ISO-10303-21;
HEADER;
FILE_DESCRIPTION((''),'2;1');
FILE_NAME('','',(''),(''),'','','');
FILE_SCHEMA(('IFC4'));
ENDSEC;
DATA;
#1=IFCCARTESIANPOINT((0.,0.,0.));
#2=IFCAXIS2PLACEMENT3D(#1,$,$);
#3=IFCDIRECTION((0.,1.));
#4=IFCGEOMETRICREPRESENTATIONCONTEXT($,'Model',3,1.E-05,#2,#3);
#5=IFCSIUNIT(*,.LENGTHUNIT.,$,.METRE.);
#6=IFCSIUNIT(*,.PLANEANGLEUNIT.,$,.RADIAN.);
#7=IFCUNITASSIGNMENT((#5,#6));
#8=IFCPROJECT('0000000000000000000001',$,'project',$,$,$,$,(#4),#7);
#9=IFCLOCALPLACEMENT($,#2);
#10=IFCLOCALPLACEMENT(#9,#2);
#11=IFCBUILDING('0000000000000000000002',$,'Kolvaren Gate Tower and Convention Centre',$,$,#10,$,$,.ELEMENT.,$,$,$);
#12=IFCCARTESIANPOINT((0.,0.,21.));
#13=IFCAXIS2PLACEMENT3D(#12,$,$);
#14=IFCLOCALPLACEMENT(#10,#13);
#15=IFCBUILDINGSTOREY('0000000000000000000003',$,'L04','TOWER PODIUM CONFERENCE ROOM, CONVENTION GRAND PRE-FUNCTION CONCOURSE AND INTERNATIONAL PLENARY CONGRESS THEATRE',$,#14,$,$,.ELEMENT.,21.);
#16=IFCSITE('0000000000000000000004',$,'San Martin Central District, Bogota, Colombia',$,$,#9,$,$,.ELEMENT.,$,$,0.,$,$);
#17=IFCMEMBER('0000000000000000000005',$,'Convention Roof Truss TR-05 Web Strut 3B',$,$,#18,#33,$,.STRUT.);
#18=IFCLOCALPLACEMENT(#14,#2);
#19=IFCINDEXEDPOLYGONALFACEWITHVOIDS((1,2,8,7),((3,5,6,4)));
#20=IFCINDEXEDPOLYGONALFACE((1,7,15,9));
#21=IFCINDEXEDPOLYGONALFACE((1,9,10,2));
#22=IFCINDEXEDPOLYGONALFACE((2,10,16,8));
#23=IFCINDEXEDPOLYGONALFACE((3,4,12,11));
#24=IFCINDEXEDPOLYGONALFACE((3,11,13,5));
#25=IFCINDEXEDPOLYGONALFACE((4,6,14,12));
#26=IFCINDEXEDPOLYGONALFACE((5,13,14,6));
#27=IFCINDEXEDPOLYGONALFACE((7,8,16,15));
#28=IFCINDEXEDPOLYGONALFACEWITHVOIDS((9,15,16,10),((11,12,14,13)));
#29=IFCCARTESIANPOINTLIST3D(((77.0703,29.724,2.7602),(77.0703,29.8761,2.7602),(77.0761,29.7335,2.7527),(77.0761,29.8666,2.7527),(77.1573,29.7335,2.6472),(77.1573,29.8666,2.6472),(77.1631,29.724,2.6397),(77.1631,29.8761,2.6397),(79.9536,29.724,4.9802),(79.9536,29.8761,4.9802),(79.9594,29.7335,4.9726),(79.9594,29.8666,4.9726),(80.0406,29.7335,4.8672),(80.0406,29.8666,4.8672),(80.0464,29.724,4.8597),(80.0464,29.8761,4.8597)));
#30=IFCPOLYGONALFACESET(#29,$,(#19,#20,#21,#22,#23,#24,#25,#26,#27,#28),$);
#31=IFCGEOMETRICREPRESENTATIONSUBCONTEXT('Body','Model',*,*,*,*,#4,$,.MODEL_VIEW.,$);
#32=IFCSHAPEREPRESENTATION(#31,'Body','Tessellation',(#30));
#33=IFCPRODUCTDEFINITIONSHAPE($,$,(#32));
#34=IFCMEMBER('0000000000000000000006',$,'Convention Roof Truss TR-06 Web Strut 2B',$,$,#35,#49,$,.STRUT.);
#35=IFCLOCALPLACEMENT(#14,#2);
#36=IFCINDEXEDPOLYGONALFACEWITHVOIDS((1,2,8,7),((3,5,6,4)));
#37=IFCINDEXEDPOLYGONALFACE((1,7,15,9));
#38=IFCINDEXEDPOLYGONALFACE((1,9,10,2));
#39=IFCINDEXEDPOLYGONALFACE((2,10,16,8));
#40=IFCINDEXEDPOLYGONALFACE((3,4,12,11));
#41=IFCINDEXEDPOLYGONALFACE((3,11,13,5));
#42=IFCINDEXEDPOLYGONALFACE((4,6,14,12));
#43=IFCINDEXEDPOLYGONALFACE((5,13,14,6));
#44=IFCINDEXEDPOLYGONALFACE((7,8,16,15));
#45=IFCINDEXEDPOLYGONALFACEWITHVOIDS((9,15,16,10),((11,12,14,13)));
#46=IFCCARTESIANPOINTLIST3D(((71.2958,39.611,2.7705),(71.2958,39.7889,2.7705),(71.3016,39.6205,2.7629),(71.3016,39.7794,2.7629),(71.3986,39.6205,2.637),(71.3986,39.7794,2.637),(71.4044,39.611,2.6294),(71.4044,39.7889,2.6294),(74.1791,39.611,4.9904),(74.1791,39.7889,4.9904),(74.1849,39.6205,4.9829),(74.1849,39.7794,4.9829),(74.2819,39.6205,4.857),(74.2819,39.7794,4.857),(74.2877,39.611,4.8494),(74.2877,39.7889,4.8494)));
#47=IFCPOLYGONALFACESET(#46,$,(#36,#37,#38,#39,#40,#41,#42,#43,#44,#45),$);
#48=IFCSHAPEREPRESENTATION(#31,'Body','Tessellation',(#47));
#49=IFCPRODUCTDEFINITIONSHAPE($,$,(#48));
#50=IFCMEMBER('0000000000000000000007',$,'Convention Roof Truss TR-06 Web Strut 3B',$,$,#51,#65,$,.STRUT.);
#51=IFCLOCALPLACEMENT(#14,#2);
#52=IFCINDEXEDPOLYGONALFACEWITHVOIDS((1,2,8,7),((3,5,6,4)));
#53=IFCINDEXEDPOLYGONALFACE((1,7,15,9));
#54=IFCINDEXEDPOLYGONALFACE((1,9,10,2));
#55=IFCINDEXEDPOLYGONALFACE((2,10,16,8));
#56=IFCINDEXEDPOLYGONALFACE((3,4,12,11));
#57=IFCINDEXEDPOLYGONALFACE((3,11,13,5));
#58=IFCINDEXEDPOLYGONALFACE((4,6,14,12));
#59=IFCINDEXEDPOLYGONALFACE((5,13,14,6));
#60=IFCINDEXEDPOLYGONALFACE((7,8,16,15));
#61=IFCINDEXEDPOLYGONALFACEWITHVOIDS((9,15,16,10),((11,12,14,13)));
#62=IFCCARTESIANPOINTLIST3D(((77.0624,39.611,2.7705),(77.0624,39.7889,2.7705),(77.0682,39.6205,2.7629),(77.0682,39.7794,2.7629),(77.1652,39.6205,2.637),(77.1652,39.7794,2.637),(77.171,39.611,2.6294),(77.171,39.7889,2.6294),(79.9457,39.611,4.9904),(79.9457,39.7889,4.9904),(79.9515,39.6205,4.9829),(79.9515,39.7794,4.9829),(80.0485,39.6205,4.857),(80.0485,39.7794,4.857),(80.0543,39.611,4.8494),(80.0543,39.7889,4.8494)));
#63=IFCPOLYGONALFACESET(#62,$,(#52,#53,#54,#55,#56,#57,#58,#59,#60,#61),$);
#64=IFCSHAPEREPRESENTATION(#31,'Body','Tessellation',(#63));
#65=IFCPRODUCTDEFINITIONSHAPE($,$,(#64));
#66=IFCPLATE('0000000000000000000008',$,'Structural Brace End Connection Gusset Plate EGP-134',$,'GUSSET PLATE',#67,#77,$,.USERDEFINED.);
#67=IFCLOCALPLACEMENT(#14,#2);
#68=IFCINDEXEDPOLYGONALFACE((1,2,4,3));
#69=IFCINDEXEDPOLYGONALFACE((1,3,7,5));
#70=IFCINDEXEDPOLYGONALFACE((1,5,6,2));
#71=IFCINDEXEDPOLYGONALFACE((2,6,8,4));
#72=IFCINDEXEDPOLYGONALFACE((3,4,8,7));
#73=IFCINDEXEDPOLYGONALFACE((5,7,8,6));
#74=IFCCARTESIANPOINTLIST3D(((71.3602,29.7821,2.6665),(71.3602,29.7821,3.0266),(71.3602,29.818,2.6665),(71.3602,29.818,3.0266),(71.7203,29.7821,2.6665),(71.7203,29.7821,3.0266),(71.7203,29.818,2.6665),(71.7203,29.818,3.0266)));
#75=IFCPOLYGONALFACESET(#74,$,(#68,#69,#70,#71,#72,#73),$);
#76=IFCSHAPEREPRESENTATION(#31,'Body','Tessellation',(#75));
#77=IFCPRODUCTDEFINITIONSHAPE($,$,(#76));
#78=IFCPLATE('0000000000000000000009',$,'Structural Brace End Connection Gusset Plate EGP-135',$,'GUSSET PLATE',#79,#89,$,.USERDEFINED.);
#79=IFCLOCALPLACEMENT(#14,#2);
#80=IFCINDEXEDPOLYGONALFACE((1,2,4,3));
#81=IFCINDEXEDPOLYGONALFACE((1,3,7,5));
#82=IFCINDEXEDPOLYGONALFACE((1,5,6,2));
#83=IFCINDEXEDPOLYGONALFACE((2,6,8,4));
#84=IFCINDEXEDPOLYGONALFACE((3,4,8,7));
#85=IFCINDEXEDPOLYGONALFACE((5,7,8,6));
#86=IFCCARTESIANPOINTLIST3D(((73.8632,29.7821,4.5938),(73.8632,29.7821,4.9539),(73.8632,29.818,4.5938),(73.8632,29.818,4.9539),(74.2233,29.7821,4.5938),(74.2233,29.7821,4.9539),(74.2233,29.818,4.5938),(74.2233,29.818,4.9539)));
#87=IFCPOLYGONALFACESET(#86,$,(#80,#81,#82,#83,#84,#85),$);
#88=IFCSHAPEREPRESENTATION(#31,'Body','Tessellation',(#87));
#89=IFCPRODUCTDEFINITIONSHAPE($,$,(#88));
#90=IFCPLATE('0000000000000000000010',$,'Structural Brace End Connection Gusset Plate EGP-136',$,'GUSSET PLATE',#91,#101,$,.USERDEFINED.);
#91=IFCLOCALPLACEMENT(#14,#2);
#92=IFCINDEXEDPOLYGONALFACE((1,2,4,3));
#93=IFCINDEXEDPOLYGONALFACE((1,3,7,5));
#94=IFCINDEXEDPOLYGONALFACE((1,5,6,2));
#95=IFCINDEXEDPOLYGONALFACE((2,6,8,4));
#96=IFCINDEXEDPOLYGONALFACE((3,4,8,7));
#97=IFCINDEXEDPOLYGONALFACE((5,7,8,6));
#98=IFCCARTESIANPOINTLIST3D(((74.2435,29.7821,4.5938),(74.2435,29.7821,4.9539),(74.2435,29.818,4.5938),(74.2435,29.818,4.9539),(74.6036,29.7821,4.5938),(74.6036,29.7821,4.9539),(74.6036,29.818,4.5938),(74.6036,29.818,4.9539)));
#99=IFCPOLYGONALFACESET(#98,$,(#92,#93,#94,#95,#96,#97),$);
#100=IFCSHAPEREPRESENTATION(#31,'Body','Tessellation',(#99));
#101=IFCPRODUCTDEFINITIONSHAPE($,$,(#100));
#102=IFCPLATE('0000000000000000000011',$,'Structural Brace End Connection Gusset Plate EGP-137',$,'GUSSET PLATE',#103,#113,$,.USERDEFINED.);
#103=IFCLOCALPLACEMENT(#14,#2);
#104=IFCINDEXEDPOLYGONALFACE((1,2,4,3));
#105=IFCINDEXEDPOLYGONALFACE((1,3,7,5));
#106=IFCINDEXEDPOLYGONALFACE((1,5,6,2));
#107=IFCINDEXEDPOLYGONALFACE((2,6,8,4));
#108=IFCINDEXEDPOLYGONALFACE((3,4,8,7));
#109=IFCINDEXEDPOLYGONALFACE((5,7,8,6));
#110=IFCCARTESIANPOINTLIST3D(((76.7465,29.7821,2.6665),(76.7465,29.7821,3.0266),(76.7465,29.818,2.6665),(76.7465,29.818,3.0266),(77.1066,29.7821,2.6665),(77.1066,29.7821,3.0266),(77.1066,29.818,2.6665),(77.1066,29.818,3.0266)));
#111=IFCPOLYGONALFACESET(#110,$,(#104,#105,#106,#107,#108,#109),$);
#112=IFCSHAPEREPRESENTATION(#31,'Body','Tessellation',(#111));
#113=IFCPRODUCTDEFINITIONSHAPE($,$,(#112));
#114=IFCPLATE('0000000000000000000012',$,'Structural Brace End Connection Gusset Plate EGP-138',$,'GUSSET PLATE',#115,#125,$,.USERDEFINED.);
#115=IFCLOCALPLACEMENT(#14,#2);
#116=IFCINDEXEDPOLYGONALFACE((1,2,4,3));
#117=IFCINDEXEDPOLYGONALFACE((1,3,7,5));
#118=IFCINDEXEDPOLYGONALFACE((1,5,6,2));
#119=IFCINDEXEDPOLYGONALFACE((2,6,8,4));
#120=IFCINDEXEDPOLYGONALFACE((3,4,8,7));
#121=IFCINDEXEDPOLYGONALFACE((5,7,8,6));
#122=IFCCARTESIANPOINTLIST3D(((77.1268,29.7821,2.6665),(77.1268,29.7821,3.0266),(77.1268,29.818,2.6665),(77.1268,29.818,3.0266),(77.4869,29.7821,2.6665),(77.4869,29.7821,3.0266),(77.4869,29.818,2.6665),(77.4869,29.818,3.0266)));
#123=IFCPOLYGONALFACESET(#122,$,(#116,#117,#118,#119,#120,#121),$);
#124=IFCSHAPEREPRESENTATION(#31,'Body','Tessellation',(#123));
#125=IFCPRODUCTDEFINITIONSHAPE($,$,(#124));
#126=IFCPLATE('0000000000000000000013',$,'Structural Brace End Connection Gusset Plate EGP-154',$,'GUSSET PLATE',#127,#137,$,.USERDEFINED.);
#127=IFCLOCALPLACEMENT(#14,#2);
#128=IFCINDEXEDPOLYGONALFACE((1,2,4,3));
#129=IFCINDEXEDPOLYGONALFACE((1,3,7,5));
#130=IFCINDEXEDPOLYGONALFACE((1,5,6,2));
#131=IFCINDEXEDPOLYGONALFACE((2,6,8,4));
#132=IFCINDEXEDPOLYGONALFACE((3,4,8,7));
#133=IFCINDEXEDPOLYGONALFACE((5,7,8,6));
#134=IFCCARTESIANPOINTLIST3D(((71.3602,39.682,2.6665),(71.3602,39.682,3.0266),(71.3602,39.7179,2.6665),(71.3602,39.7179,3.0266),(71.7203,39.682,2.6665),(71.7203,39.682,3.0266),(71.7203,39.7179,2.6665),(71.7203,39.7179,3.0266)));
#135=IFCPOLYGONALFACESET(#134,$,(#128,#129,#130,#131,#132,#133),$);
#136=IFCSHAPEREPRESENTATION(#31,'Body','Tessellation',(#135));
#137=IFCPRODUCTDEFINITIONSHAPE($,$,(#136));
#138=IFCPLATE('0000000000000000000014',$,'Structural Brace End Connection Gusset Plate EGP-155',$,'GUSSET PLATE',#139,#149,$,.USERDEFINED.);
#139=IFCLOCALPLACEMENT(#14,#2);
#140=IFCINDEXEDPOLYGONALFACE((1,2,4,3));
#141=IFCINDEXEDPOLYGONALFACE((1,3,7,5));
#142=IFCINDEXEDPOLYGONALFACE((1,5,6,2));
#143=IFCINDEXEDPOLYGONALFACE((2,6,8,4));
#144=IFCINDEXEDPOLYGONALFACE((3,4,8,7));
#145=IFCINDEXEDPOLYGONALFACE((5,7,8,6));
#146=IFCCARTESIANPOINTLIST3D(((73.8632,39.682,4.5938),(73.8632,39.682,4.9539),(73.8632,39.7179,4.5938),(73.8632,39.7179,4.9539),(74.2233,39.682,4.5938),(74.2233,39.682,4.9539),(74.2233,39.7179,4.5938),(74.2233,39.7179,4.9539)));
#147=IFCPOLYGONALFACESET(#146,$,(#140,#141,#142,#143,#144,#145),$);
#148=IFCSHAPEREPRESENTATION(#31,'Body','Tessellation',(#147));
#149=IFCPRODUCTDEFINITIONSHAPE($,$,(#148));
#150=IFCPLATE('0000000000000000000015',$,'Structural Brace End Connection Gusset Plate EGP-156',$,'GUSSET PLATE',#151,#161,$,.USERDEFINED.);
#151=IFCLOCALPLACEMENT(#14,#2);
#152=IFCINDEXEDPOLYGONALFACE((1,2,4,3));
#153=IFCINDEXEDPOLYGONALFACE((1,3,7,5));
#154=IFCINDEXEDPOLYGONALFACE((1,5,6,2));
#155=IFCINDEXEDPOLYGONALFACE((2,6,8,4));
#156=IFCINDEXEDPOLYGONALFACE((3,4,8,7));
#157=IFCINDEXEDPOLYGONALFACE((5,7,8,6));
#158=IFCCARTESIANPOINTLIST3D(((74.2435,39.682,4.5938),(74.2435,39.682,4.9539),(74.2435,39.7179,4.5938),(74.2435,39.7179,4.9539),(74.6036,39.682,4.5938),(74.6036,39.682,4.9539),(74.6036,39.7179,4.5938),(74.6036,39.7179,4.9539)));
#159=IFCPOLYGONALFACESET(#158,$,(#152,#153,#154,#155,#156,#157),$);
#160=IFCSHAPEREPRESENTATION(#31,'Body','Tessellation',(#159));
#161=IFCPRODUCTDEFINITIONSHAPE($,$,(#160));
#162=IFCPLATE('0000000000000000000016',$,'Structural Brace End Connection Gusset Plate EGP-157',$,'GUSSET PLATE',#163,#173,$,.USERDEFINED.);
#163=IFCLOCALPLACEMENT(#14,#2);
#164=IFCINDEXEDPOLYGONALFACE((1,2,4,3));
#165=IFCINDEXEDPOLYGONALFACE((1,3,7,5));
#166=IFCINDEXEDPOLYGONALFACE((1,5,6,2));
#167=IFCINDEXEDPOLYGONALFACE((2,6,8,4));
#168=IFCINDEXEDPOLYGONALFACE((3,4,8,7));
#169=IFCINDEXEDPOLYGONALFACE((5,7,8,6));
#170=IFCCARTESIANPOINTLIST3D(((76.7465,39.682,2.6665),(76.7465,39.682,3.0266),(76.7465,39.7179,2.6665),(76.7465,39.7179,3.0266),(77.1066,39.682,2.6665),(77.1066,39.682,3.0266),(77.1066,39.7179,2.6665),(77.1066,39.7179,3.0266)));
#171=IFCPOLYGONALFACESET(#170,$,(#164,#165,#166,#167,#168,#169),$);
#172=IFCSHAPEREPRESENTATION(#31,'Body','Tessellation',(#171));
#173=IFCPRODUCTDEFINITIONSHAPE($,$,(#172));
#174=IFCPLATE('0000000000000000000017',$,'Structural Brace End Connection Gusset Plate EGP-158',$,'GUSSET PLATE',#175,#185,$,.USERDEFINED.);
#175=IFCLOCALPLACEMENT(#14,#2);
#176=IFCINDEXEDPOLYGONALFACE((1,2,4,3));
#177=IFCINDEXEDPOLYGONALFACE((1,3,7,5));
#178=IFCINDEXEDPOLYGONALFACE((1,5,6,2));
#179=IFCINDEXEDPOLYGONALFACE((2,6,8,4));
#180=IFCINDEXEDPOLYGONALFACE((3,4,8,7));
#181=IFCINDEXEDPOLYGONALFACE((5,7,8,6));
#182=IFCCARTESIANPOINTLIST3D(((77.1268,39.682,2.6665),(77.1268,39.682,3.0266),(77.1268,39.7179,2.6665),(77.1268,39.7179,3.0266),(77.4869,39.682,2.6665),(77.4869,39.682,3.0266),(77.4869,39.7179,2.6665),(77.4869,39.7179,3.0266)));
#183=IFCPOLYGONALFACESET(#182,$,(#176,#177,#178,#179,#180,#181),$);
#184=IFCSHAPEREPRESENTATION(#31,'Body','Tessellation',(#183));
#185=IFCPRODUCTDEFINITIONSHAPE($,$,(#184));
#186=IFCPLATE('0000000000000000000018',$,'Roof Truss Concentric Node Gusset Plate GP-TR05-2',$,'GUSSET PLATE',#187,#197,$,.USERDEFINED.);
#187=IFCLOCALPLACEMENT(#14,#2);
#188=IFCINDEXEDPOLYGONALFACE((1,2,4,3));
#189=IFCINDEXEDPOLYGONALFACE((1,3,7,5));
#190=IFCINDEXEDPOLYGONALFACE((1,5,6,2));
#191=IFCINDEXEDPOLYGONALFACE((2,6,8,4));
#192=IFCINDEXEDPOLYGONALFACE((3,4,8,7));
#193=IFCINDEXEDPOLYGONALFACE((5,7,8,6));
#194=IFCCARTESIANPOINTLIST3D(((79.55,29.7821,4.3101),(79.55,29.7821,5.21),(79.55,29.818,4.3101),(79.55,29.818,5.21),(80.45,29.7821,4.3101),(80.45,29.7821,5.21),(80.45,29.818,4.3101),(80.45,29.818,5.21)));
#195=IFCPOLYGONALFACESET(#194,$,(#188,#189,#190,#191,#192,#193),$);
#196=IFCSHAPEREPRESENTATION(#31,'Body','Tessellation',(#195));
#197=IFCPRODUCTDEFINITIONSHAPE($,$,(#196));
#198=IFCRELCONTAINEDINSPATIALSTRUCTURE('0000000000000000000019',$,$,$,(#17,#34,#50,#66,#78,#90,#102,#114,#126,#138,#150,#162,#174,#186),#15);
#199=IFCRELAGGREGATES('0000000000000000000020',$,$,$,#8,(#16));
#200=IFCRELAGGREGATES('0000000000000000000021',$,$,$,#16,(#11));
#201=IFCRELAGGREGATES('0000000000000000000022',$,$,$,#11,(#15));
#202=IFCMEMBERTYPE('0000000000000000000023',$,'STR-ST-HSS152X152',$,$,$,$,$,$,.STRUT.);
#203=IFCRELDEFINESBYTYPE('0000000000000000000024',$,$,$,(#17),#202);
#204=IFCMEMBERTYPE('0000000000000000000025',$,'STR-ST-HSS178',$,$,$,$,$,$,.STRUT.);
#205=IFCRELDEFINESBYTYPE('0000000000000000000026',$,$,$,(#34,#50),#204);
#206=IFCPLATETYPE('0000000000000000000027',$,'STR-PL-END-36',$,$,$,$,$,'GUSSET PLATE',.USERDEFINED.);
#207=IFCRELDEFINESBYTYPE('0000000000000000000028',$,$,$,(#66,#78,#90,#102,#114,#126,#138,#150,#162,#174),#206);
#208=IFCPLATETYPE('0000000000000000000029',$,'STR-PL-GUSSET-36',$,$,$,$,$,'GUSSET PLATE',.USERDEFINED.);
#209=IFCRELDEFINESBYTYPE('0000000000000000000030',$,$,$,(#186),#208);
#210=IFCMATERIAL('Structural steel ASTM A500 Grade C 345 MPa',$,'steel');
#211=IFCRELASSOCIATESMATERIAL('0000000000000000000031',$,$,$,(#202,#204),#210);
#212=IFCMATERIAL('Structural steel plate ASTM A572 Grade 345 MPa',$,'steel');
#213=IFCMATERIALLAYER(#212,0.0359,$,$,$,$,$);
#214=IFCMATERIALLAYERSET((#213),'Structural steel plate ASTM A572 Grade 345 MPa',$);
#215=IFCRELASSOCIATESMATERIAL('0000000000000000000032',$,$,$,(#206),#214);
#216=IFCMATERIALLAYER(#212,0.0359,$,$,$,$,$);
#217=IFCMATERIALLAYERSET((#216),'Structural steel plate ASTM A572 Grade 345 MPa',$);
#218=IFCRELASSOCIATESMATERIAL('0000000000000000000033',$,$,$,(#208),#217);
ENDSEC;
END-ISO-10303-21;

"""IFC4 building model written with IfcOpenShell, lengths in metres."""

from ifc_helpers import new_model, si_unit, direction, frame, origin, origin_2d, place, context, subcontext, project, spatial, rectangle, hollow_rectangle, extrude, material, layer, layer_set, material_profile, profile_set, type_object, element, save


model = new_model("IFC4")

# Units and contexts
model_context = context("Model", 3, precision=1e-05, world=origin(), true_north=direction((0.0, 1.0)))
body_context = subcontext(model_context, "Body", "Model", "MODEL_VIEW")
ifc_project = project(units=[si_unit("LENGTHUNIT", "METRE"), si_unit("PLANEANGLEUNIT", "RADIAN")], contexts=[model_context])

# Site, building, storey
site_placement = place(None, origin())
site = spatial("IfcSite", under=ifc_project, at=site_placement, Name="San Martin Central District, Bogota, Colombia", CompositionType="ELEMENT", RefElevation=0.0)
building_placement = place(site_placement, origin())
building = spatial("IfcBuilding", under=site, at=building_placement, Name="Kolvaren Gate Tower and Convention Centre", CompositionType="ELEMENT")
storey_placement = place(building_placement, frame((0.0, 0.0, 21.0)))
storey = spatial("IfcBuildingStorey", under=building, at=storey_placement, Name="L04", Description="TOWER PODIUM CONFERENCE ROOM, CONVENTION GRAND PRE-FUNCTION CONCOURSE AND INTERNATIONAL PLENARY CONGRESS THEATRE", CompositionType="ELEMENT", Elevation=21.0)

# Members
ifc_material_1 = material(Name="Structural steel ASTM A500 Grade C 345 MPa", Category="steel")
ifc_material_profile_1 = material_profile(ifc_material_1, hollow_rectangle(XDim=0.1521, YDim=0.1521, WallThickness=0.0095, at=origin_2d()), Name="HSS152X152X9.5")
ifc_profile_set_1 = profile_set([ifc_material_profile_1], Name="Structural steel ASTM A500 Grade C 345 MPa")
member_type_1 = type_object("IfcMemberType", Name="STR-ST-HSS152X152", PredefinedType="STRUT", material=ifc_profile_set_1)
for number, where, z_axis, x_axis, name in (
    (1, (77.1167, 29.8, 2.7), (0.792352, 0.0, 0.610064), (0.0, 1.0, 0.0), "Convention Roof Truss TR-05 Web Strut 3B"),
):
    element("IfcMember", number, at=place(storey_placement, frame(where, z_axis=z_axis, x_axis=x_axis)), inside=storey, type_object=member_type_1, Name=name, PredefinedType="STRUT", context=body_context, shape_type="SweptSolid", body=[
        extrude(hollow_rectangle(XDim=0.1521, YDim=0.1521, WallThickness=0.0095, at=origin_2d()), origin(), (0.0, 0.0, 1.0), 3.6389),
    ])
ifc_material_profile_2 = material_profile(ifc_material_1, hollow_rectangle(XDim=0.178, YDim=0.178, WallThickness=0.0095, at=origin_2d()), Name="HSS178X178X9.5")
ifc_profile_set_2 = profile_set([ifc_material_profile_2], Name="Structural steel ASTM A500 Grade C 345 MPa")
member_type_2 = type_object("IfcMemberType", Name="STR-ST-HSS178", PredefinedType="STRUT", material=ifc_profile_set_2)
for number, where, z_axis, x_axis, name in (
    (2, (71.3501, 39.7, 2.7), (0.792352, 0.0, 0.610064), (0.0, 1.0, 0.0), "Convention Roof Truss TR-06 Web Strut 2B"),
    (3, (77.1167, 39.7, 2.7), (0.792352, 0.0, 0.610064), (0.0, 1.0, 0.0), "Convention Roof Truss TR-06 Web Strut 3B"),
):
    element("IfcMember", number, at=place(storey_placement, frame(where, z_axis=z_axis, x_axis=x_axis)), inside=storey, type_object=member_type_2, Name=name, PredefinedType="STRUT", context=body_context, shape_type="SweptSolid", body=[
        extrude(hollow_rectangle(XDim=0.178, YDim=0.178, WallThickness=0.0095, at=origin_2d()), origin(), (0.0, 0.0, 1.0), 3.6389),
    ])

# Plates
ifc_material_2 = material(Name="Structural steel plate ASTM A572 Grade 345 MPa", Category="steel")
ifc_layer_1 = layer(ifc_material_2, 0.0359)
ifc_layer_set_1 = layer_set([ifc_layer_1], Name="Structural steel plate ASTM A572 Grade 345 MPa")
plate_type_1 = type_object("IfcPlateType", Name="STR-PL-END-36", ElementType="GUSSET PLATE", PredefinedType="USERDEFINED", material=ifc_layer_set_1)
for number, where, z_axis, x_axis, name in (
    (4, (71.5403, 29.8, 2.6665), (0.0, 0.0, 1.0), (1.0, 0.0, 0.0), "Structural Brace End Connection Gusset Plate EGP-134"),
    (5, (74.0432, 29.8, 4.5938), (0.0, 0.0, 1.0), (1.0, 0.0, 0.0), "Structural Brace End Connection Gusset Plate EGP-135"),
    (6, (74.4236, 29.8, 4.5938), (0.0, 0.0, 1.0), (1.0, 0.0, 0.0), "Structural Brace End Connection Gusset Plate EGP-136"),
    (7, (76.9265, 29.8, 2.6665), (0.0, 0.0, 1.0), (1.0, 0.0, 0.0), "Structural Brace End Connection Gusset Plate EGP-137"),
    (8, (77.3069, 29.8, 2.6665), (0.0, 0.0, 1.0), (1.0, 0.0, 0.0), "Structural Brace End Connection Gusset Plate EGP-138"),
    (9, (71.5403, 39.7, 2.6665), (0.0, 0.0, 1.0), (1.0, 0.0, 0.0), "Structural Brace End Connection Gusset Plate EGP-154"),
    (10, (74.0432, 39.7, 4.5938), (0.0, 0.0, 1.0), (1.0, 0.0, 0.0), "Structural Brace End Connection Gusset Plate EGP-155"),
    (11, (74.4236, 39.7, 4.5938), (0.0, 0.0, 1.0), (1.0, 0.0, 0.0), "Structural Brace End Connection Gusset Plate EGP-156"),
    (12, (76.9265, 39.7, 2.6665), (0.0, 0.0, 1.0), (1.0, 0.0, 0.0), "Structural Brace End Connection Gusset Plate EGP-157"),
    (13, (77.3069, 39.7, 2.6665), (0.0, 0.0, 1.0), (1.0, 0.0, 0.0), "Structural Brace End Connection Gusset Plate EGP-158"),
):
    element("IfcPlate", number, at=place(storey_placement, frame(where, z_axis=z_axis, x_axis=x_axis)), inside=storey, type_object=plate_type_1, Name=name, ObjectType="GUSSET PLATE", PredefinedType="USERDEFINED", context=body_context, shape_type="SweptSolid", body=[
        extrude(rectangle(XDim=0.3601, YDim=0.0359, at=origin_2d()), origin(), (0.0, 0.0, 1.0), 0.3601),
    ])
ifc_layer_2 = layer(ifc_material_2, 0.0359)
ifc_layer_set_2 = layer_set([ifc_layer_2], Name="Structural steel plate ASTM A572 Grade 345 MPa")
plate_type_2 = type_object("IfcPlateType", Name="STR-PL-GUSSET-36", ElementType="GUSSET PLATE", PredefinedType="USERDEFINED", material=ifc_layer_set_2)
plate_placement = place(storey_placement, frame((80.0, 29.8, 4.3101), z_axis=(0.0, 0.0, 1.0), x_axis=(1.0, 0.0, 0.0)))
element("IfcPlate", 14, at=plate_placement, inside=storey, type_object=plate_type_2, Name="Roof Truss Concentric Node Gusset Plate GP-TR05-2", ObjectType="GUSSET PLATE", PredefinedType="USERDEFINED", context=body_context, shape_type="SweptSolid", body=[
    extrude(rectangle(XDim=0.8999, YDim=0.0359, at=origin_2d()), origin(), (0.0, 0.0, 1.0), 0.8999),
])

save(model, "model.ifc")
